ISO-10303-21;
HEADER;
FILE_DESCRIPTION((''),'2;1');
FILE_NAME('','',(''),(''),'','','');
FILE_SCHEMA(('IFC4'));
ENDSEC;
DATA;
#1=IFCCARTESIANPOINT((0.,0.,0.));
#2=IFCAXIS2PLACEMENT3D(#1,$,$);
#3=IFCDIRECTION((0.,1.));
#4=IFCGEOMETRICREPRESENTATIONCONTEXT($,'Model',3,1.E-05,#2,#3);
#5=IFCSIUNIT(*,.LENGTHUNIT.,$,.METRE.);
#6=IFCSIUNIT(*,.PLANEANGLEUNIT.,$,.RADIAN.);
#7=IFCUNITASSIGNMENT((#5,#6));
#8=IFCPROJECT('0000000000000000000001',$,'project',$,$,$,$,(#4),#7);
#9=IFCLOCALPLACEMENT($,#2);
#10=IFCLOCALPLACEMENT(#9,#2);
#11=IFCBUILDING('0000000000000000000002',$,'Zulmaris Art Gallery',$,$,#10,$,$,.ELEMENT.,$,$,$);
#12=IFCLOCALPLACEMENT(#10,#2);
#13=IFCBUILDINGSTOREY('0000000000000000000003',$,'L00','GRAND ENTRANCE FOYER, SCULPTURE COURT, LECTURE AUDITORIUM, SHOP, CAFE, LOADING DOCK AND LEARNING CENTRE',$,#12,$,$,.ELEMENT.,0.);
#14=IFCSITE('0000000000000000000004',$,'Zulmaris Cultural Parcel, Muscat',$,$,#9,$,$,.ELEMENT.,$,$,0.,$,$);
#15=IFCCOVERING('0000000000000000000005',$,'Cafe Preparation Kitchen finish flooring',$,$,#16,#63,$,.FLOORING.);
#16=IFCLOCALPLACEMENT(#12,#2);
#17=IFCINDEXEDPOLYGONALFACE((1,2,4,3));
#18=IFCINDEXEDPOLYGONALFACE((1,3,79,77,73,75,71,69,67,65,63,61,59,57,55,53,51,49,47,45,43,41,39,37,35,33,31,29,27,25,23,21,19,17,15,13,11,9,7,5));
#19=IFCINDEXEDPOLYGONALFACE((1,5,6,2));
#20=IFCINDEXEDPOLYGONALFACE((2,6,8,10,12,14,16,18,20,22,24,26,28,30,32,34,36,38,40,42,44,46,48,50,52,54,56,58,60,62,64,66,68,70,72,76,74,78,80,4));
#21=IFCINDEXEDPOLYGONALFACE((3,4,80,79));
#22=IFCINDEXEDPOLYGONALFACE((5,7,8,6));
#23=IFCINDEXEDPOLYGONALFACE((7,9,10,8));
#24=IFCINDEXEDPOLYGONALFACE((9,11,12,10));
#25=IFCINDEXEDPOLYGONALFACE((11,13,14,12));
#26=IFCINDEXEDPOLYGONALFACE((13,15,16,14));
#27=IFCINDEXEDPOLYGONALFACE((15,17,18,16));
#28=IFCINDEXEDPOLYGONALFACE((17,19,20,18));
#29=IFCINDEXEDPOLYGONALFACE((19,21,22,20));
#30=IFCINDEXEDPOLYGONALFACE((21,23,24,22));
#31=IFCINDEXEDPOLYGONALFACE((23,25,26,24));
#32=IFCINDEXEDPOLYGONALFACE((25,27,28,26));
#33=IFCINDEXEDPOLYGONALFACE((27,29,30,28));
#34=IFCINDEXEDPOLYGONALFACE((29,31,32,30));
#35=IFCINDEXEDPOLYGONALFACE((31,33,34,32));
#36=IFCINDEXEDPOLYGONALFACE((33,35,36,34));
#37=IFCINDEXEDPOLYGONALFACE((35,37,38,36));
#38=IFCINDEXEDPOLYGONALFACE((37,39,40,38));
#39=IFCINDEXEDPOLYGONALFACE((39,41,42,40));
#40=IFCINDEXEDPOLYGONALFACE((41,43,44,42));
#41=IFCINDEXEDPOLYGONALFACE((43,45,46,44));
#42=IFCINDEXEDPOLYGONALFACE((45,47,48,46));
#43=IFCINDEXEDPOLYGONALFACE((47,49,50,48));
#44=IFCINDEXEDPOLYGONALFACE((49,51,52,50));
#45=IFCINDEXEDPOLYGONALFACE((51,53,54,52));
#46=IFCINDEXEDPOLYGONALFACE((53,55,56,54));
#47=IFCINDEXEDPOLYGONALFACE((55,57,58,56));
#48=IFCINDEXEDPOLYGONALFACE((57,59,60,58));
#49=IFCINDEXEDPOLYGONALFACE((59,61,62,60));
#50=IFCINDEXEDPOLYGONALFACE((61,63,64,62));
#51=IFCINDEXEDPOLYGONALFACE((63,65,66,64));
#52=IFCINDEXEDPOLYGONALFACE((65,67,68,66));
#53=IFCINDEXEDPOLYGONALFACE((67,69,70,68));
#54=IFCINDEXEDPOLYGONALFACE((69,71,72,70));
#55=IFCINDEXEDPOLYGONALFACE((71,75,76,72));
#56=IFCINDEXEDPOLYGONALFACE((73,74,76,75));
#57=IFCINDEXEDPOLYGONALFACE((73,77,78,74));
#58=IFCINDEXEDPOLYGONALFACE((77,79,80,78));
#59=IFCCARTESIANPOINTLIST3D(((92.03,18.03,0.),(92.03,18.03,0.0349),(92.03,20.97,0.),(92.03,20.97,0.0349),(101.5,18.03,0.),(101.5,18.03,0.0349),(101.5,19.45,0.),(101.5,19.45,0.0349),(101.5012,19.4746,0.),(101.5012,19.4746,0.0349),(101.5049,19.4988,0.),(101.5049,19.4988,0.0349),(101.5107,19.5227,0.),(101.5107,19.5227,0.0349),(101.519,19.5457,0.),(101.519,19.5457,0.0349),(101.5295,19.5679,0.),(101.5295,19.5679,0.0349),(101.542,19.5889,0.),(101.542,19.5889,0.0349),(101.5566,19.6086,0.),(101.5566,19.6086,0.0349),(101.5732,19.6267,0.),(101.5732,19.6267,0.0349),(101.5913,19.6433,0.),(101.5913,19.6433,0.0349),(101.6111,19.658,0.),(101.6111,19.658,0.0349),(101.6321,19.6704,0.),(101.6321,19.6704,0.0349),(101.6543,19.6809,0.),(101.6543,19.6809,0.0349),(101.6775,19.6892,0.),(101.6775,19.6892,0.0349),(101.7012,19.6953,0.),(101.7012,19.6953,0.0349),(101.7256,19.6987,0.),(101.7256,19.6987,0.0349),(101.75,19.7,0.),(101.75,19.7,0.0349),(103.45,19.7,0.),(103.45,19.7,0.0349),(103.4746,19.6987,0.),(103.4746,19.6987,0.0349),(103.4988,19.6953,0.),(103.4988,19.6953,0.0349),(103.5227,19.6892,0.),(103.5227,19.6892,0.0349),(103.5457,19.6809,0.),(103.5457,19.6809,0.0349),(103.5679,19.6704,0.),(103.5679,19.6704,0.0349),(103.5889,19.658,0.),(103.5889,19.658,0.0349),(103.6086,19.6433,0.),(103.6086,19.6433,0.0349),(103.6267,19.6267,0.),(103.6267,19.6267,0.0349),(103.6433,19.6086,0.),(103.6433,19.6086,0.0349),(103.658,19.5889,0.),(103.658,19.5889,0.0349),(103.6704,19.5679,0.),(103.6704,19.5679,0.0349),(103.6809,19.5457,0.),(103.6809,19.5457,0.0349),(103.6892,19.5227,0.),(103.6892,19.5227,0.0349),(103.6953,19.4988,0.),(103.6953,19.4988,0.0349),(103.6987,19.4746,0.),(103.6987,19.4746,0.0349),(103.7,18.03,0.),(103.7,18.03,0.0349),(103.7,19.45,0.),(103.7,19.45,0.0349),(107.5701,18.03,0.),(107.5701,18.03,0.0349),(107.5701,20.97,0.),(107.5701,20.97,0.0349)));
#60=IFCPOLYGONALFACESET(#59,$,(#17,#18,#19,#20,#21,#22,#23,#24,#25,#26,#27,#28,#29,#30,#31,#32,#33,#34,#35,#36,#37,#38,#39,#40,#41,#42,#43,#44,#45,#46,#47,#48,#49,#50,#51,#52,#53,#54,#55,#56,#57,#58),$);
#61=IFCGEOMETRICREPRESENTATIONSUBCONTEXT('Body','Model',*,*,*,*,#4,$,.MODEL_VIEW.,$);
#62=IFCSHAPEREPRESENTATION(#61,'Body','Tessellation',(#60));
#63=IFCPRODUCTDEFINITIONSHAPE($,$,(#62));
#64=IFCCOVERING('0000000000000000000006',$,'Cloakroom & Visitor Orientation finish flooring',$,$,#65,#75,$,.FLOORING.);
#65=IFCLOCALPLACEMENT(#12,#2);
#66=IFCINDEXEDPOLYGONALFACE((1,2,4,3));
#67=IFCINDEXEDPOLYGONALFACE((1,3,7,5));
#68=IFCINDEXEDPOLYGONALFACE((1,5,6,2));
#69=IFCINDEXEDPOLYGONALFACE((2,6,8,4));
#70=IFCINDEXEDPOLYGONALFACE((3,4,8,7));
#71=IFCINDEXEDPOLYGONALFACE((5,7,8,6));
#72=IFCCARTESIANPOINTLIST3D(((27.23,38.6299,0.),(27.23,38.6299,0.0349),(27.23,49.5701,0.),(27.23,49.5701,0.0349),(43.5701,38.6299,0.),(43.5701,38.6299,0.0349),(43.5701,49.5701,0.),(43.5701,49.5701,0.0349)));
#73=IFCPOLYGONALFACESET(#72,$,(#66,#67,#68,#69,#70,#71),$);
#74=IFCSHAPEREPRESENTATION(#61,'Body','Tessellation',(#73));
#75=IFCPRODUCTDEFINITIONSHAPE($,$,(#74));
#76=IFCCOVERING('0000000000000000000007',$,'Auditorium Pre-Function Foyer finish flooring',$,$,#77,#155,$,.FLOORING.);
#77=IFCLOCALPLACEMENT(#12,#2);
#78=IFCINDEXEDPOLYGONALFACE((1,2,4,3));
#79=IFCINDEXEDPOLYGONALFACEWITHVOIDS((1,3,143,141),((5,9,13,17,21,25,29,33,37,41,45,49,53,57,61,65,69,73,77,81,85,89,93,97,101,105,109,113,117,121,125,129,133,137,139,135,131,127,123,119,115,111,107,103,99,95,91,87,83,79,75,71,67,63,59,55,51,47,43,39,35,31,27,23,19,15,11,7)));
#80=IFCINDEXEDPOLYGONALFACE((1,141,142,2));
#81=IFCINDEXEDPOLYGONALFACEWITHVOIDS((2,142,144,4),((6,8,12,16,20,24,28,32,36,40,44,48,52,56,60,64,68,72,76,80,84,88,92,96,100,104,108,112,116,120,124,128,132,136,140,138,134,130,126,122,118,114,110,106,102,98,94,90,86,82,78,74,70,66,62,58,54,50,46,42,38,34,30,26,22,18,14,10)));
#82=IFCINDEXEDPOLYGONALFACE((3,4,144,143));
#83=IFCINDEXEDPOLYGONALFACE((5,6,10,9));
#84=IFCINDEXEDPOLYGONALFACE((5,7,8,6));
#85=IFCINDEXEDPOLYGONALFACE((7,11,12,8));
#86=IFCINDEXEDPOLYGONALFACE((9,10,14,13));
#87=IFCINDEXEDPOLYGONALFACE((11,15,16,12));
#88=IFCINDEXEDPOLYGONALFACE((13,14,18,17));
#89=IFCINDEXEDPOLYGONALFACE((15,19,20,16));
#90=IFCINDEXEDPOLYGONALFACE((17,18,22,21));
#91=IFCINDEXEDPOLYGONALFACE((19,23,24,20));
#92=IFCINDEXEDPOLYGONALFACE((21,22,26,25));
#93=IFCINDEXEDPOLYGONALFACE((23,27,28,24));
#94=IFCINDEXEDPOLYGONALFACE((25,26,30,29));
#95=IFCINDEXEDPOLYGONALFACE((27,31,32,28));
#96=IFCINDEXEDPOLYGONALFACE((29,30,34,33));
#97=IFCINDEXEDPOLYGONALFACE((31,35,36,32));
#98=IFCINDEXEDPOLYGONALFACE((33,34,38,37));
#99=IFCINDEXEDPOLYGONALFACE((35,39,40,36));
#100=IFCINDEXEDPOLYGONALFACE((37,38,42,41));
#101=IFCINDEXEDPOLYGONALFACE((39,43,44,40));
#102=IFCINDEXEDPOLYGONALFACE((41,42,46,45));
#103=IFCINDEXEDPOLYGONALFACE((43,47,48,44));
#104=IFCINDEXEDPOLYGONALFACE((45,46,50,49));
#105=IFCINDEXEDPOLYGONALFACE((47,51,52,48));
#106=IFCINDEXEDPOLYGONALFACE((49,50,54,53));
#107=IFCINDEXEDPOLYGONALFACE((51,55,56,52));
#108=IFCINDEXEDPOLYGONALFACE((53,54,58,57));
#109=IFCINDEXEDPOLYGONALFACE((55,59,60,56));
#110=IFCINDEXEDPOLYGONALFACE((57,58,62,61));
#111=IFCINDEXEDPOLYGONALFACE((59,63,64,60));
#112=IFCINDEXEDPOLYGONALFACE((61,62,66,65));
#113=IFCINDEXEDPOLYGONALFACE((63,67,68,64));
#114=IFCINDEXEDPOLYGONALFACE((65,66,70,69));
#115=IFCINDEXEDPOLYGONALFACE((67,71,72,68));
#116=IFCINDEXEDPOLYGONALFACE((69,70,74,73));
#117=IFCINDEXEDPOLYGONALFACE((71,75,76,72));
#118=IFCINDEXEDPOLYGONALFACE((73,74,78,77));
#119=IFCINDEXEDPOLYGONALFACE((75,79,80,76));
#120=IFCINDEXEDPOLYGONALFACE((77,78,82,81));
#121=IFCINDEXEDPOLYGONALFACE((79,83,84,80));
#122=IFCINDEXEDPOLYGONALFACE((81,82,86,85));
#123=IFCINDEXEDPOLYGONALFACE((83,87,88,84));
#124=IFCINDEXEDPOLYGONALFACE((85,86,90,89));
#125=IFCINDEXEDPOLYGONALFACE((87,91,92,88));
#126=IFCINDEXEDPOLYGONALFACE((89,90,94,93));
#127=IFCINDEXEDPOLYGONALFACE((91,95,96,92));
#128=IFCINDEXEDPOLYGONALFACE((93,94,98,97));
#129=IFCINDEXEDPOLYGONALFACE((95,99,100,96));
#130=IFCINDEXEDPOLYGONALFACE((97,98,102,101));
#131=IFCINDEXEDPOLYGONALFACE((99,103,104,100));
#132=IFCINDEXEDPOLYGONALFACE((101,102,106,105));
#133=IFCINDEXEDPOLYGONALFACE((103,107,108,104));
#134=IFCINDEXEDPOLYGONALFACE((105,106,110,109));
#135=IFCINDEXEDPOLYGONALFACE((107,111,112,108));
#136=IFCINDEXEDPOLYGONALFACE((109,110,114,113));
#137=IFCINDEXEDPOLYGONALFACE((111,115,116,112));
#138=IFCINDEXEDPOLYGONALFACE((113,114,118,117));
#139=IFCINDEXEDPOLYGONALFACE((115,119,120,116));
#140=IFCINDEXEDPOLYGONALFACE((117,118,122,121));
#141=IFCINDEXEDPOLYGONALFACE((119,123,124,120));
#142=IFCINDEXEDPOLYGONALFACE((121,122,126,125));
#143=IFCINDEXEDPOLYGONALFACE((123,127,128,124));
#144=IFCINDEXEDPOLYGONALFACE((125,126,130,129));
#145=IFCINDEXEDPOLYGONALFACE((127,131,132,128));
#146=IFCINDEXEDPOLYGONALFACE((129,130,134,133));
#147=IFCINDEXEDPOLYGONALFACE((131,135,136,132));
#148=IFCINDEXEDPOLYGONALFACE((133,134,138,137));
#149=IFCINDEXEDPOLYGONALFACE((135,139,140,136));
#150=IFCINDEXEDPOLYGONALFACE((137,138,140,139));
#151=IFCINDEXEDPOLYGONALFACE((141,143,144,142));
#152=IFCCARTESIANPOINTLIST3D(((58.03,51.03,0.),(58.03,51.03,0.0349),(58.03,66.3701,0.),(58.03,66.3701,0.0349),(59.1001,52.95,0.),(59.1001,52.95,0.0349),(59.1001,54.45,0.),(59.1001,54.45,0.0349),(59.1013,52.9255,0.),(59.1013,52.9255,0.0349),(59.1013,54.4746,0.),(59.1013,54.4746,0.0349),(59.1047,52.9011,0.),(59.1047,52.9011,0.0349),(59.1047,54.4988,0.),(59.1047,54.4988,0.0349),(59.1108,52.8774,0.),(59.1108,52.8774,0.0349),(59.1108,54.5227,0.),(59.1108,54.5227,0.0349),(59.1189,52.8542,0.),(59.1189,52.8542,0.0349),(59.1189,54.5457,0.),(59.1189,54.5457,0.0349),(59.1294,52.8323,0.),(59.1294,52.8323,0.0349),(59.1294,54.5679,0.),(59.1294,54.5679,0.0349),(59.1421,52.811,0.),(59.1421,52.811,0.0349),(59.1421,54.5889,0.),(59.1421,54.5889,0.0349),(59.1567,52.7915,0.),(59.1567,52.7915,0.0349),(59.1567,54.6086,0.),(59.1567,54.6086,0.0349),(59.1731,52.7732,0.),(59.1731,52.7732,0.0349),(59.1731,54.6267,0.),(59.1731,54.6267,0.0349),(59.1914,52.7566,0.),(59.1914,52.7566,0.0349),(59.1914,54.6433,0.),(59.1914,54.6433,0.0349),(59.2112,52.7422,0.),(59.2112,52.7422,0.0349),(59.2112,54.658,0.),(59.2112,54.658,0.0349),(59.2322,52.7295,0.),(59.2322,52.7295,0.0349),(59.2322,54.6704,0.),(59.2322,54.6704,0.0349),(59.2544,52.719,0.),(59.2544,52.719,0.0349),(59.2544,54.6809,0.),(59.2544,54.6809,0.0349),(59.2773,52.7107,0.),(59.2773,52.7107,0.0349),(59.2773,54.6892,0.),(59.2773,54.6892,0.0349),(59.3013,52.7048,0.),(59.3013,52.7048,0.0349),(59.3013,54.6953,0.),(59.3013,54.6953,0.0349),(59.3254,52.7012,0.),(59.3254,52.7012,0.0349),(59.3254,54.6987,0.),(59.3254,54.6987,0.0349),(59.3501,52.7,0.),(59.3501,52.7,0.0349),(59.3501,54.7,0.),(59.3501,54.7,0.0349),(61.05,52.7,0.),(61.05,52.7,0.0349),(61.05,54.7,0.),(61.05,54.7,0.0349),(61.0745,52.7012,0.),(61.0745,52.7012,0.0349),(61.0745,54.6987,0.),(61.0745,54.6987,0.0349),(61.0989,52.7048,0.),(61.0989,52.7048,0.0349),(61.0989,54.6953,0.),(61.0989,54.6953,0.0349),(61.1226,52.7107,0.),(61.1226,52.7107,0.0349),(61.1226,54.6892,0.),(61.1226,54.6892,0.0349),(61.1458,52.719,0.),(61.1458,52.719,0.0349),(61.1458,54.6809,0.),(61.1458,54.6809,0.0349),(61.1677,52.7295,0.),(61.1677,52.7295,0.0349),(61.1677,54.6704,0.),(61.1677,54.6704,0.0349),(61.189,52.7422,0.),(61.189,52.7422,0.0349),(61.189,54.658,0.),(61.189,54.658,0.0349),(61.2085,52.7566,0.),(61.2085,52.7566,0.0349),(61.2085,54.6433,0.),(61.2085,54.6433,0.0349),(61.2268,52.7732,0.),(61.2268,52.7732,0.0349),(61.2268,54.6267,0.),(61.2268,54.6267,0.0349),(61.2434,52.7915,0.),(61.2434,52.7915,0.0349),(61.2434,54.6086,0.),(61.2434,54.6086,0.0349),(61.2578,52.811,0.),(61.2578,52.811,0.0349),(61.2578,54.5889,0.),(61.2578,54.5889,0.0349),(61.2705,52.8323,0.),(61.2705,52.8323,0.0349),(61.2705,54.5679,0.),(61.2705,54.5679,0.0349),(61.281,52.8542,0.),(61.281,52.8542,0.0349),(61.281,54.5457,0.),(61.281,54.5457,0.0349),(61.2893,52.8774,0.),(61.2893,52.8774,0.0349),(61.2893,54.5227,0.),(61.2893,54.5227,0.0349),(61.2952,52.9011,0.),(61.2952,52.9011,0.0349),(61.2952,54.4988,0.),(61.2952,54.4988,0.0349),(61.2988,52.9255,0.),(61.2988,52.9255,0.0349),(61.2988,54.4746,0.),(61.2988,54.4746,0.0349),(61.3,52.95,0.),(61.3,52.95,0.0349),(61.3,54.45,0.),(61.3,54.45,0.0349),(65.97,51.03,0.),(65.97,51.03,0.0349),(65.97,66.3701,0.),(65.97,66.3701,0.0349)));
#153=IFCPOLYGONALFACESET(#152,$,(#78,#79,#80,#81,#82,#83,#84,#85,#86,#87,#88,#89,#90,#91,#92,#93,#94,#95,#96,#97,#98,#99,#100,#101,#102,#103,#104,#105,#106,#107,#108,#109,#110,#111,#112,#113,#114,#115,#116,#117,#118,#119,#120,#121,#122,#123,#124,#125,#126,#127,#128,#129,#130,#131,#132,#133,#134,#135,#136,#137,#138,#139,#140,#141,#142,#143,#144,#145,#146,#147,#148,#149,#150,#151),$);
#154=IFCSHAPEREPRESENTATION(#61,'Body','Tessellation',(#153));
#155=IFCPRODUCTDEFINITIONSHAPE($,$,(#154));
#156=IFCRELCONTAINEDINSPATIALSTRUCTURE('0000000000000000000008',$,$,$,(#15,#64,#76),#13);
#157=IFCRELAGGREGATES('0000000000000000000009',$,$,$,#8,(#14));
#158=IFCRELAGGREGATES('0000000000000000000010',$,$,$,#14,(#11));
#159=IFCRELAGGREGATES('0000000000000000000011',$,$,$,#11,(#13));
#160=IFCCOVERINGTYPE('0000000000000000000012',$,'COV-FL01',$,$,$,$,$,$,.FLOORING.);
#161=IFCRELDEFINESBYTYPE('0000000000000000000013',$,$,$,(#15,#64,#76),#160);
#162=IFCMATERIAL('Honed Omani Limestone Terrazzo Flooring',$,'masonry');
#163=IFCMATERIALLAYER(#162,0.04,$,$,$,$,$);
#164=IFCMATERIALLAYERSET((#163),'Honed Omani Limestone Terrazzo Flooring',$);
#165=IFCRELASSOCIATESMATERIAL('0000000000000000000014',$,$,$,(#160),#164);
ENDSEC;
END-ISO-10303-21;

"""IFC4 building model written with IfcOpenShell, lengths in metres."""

from ifc_helpers import new_model, si_unit, direction, origin, place, context, subcontext, project, spatial, polyline, outline, extrude, material, layer, layer_set, type_object, element, save


model = new_model("IFC4")

# Units and contexts
model_context = context("Model", 3, precision=1e-05, world=origin(), true_north=direction((0.0, 1.0)))
body_context = subcontext(model_context, "Body", "Model", "MODEL_VIEW")
ifc_project = project(units=[si_unit("LENGTHUNIT", "METRE"), si_unit("PLANEANGLEUNIT", "RADIAN")], contexts=[model_context])

# Site, building, storey
site_placement = place(None, origin())
site = spatial("IfcSite", under=ifc_project, at=site_placement, Name="Zulmaris Cultural Parcel, Muscat", CompositionType="ELEMENT", RefElevation=0.0)
building_placement = place(site_placement, origin())
building = spatial("IfcBuilding", under=site, at=building_placement, Name="Zulmaris Art Gallery", CompositionType="ELEMENT")
storey_placement = place(building_placement, origin())
storey = spatial("IfcBuildingStorey", under=building, at=storey_placement, Name="L00", Description="GRAND ENTRANCE FOYER, SCULPTURE COURT, LECTURE AUDITORIUM, SHOP, CAFE, LOADING DOCK AND LEARNING CENTRE", CompositionType="ELEMENT", Elevation=0.0)

# Coverings
ifc_material_1 = material(Name="Honed Omani Limestone Terrazzo Flooring", Category="masonry")
ifc_layer_1 = layer(ifc_material_1, 0.04)
ifc_layer_set_1 = layer_set([ifc_layer_1], Name="Honed Omani Limestone Terrazzo Flooring")
covering_type_1 = type_object("IfcCoveringType", Name="COV-FL01", PredefinedType="FLOORING", material=ifc_layer_set_1)
covering_1_placement = place(storey_placement, origin())
element("IfcCovering", 1, at=covering_1_placement, inside=storey, type_object=covering_type_1, Name="Cafe Preparation Kitchen finish flooring", PredefinedType="FLOORING", context=body_context, shape_type="SweptSolid", body=[
    extrude(outline(polyline([(92.03, 18.03), (92.03, 20.97), (107.5701, 20.97), (107.5701, 18.03), (103.7, 18.03), (103.7, 19.45), (103.6987, 19.4746), (103.6953, 19.4988), (103.6892, 19.5227), (103.6809, 19.5457), (103.6704, 19.5679), (103.658, 19.5889), (103.6433, 19.6086), (103.6267, 19.6267), (103.6086, 19.6433), (103.5889, 19.658), (103.5679, 19.6704), (103.5457, 19.6809), (103.5227, 19.6892), (103.4988, 19.6953), (103.4746, 19.6987), (103.45, 19.7), (101.75, 19.7), (101.7256, 19.6987), (101.7012, 19.6953), (101.6775, 19.6892), (101.6543, 19.6809), (101.6321, 19.6704), (101.6111, 19.658), (101.5913, 19.6433), (101.5732, 19.6267), (101.5566, 19.6086), (101.542, 19.5889), (101.5295, 19.5679), (101.519, 19.5457), (101.5107, 19.5227), (101.5049, 19.4988), (101.5012, 19.4746), (101.5, 19.45), (101.5, 18.03), (92.03, 18.03)])), origin(), (0.0, 0.0, 1.0), 0.0349),
])
covering_2_placement = place(storey_placement, origin())
element("IfcCovering", 2, at=covering_2_placement, inside=storey, type_object=covering_type_1, Name="Cloakroom & Visitor Orientation finish flooring", PredefinedType="FLOORING", context=body_context, shape_type="SweptSolid", body=[
    extrude(outline(polyline([(43.5701, 38.6299), (27.23, 38.6299), (27.23, 49.5701), (43.5701, 49.5701), (43.5701, 38.6299)])), origin(), (0.0, 0.0, 1.0), 0.0349),
])
covering_3_placement = place(storey_placement, origin())
element("IfcCovering", 3, at=covering_3_placement, inside=storey, type_object=covering_type_1, Name="Auditorium Pre-Function Foyer finish flooring", PredefinedType="FLOORING", context=body_context, shape_type="SweptSolid", body=[
    extrude(outline(polyline([(65.97, 51.03), (58.03, 51.03), (58.03, 66.3701), (65.97, 66.3701), (65.97, 51.03)]), holes=[polyline([(59.1013, 52.9255), (59.1047, 52.9011), (59.1108, 52.8774), (59.1189, 52.8542), (59.1294, 52.8323), (59.1421, 52.811), (59.1567, 52.7915), (59.1731, 52.7732), (59.1914, 52.7566), (59.2112, 52.7422), (59.2322, 52.7295), (59.2544, 52.719), (59.2773, 52.7107), (59.3013, 52.7048), (59.3254, 52.7012), (59.3501, 52.7), (61.05, 52.7), (61.0745, 52.7012), (61.0989, 52.7048), (61.1226, 52.7107), (61.1458, 52.719), (61.1677, 52.7295), (61.189, 52.7422), (61.2085, 52.7566), (61.2268, 52.7732), (61.2434, 52.7915), (61.2578, 52.811), (61.2705, 52.8323), (61.281, 52.8542), (61.2893, 52.8774), (61.2952, 52.9011), (61.2988, 52.9255), (61.3, 52.95), (61.3, 54.45), (61.2988, 54.4746), (61.2952, 54.4988), (61.2893, 54.5227), (61.281, 54.5457), (61.2705, 54.5679), (61.2578, 54.5889), (61.2434, 54.6086), (61.2268, 54.6267), (61.2085, 54.6433), (61.189, 54.658), (61.1677, 54.6704), (61.1458, 54.6809), (61.1226, 54.6892), (61.0989, 54.6953), (61.0745, 54.6987), (61.05, 54.7), (59.3501, 54.7), (59.3254, 54.6987), (59.3013, 54.6953), (59.2773, 54.6892), (59.2544, 54.6809), (59.2322, 54.6704), (59.2112, 54.658), (59.1914, 54.6433), (59.1731, 54.6267), (59.1567, 54.6086), (59.1421, 54.5889), (59.1294, 54.5679), (59.1189, 54.5457), (59.1108, 54.5227), (59.1047, 54.4988), (59.1013, 54.4746), (59.1001, 54.45), (59.1001, 52.95), (59.1013, 52.9255)])]), origin(), (0.0, 0.0, 1.0), 0.0349),
])

save(model, "model.ifc")
